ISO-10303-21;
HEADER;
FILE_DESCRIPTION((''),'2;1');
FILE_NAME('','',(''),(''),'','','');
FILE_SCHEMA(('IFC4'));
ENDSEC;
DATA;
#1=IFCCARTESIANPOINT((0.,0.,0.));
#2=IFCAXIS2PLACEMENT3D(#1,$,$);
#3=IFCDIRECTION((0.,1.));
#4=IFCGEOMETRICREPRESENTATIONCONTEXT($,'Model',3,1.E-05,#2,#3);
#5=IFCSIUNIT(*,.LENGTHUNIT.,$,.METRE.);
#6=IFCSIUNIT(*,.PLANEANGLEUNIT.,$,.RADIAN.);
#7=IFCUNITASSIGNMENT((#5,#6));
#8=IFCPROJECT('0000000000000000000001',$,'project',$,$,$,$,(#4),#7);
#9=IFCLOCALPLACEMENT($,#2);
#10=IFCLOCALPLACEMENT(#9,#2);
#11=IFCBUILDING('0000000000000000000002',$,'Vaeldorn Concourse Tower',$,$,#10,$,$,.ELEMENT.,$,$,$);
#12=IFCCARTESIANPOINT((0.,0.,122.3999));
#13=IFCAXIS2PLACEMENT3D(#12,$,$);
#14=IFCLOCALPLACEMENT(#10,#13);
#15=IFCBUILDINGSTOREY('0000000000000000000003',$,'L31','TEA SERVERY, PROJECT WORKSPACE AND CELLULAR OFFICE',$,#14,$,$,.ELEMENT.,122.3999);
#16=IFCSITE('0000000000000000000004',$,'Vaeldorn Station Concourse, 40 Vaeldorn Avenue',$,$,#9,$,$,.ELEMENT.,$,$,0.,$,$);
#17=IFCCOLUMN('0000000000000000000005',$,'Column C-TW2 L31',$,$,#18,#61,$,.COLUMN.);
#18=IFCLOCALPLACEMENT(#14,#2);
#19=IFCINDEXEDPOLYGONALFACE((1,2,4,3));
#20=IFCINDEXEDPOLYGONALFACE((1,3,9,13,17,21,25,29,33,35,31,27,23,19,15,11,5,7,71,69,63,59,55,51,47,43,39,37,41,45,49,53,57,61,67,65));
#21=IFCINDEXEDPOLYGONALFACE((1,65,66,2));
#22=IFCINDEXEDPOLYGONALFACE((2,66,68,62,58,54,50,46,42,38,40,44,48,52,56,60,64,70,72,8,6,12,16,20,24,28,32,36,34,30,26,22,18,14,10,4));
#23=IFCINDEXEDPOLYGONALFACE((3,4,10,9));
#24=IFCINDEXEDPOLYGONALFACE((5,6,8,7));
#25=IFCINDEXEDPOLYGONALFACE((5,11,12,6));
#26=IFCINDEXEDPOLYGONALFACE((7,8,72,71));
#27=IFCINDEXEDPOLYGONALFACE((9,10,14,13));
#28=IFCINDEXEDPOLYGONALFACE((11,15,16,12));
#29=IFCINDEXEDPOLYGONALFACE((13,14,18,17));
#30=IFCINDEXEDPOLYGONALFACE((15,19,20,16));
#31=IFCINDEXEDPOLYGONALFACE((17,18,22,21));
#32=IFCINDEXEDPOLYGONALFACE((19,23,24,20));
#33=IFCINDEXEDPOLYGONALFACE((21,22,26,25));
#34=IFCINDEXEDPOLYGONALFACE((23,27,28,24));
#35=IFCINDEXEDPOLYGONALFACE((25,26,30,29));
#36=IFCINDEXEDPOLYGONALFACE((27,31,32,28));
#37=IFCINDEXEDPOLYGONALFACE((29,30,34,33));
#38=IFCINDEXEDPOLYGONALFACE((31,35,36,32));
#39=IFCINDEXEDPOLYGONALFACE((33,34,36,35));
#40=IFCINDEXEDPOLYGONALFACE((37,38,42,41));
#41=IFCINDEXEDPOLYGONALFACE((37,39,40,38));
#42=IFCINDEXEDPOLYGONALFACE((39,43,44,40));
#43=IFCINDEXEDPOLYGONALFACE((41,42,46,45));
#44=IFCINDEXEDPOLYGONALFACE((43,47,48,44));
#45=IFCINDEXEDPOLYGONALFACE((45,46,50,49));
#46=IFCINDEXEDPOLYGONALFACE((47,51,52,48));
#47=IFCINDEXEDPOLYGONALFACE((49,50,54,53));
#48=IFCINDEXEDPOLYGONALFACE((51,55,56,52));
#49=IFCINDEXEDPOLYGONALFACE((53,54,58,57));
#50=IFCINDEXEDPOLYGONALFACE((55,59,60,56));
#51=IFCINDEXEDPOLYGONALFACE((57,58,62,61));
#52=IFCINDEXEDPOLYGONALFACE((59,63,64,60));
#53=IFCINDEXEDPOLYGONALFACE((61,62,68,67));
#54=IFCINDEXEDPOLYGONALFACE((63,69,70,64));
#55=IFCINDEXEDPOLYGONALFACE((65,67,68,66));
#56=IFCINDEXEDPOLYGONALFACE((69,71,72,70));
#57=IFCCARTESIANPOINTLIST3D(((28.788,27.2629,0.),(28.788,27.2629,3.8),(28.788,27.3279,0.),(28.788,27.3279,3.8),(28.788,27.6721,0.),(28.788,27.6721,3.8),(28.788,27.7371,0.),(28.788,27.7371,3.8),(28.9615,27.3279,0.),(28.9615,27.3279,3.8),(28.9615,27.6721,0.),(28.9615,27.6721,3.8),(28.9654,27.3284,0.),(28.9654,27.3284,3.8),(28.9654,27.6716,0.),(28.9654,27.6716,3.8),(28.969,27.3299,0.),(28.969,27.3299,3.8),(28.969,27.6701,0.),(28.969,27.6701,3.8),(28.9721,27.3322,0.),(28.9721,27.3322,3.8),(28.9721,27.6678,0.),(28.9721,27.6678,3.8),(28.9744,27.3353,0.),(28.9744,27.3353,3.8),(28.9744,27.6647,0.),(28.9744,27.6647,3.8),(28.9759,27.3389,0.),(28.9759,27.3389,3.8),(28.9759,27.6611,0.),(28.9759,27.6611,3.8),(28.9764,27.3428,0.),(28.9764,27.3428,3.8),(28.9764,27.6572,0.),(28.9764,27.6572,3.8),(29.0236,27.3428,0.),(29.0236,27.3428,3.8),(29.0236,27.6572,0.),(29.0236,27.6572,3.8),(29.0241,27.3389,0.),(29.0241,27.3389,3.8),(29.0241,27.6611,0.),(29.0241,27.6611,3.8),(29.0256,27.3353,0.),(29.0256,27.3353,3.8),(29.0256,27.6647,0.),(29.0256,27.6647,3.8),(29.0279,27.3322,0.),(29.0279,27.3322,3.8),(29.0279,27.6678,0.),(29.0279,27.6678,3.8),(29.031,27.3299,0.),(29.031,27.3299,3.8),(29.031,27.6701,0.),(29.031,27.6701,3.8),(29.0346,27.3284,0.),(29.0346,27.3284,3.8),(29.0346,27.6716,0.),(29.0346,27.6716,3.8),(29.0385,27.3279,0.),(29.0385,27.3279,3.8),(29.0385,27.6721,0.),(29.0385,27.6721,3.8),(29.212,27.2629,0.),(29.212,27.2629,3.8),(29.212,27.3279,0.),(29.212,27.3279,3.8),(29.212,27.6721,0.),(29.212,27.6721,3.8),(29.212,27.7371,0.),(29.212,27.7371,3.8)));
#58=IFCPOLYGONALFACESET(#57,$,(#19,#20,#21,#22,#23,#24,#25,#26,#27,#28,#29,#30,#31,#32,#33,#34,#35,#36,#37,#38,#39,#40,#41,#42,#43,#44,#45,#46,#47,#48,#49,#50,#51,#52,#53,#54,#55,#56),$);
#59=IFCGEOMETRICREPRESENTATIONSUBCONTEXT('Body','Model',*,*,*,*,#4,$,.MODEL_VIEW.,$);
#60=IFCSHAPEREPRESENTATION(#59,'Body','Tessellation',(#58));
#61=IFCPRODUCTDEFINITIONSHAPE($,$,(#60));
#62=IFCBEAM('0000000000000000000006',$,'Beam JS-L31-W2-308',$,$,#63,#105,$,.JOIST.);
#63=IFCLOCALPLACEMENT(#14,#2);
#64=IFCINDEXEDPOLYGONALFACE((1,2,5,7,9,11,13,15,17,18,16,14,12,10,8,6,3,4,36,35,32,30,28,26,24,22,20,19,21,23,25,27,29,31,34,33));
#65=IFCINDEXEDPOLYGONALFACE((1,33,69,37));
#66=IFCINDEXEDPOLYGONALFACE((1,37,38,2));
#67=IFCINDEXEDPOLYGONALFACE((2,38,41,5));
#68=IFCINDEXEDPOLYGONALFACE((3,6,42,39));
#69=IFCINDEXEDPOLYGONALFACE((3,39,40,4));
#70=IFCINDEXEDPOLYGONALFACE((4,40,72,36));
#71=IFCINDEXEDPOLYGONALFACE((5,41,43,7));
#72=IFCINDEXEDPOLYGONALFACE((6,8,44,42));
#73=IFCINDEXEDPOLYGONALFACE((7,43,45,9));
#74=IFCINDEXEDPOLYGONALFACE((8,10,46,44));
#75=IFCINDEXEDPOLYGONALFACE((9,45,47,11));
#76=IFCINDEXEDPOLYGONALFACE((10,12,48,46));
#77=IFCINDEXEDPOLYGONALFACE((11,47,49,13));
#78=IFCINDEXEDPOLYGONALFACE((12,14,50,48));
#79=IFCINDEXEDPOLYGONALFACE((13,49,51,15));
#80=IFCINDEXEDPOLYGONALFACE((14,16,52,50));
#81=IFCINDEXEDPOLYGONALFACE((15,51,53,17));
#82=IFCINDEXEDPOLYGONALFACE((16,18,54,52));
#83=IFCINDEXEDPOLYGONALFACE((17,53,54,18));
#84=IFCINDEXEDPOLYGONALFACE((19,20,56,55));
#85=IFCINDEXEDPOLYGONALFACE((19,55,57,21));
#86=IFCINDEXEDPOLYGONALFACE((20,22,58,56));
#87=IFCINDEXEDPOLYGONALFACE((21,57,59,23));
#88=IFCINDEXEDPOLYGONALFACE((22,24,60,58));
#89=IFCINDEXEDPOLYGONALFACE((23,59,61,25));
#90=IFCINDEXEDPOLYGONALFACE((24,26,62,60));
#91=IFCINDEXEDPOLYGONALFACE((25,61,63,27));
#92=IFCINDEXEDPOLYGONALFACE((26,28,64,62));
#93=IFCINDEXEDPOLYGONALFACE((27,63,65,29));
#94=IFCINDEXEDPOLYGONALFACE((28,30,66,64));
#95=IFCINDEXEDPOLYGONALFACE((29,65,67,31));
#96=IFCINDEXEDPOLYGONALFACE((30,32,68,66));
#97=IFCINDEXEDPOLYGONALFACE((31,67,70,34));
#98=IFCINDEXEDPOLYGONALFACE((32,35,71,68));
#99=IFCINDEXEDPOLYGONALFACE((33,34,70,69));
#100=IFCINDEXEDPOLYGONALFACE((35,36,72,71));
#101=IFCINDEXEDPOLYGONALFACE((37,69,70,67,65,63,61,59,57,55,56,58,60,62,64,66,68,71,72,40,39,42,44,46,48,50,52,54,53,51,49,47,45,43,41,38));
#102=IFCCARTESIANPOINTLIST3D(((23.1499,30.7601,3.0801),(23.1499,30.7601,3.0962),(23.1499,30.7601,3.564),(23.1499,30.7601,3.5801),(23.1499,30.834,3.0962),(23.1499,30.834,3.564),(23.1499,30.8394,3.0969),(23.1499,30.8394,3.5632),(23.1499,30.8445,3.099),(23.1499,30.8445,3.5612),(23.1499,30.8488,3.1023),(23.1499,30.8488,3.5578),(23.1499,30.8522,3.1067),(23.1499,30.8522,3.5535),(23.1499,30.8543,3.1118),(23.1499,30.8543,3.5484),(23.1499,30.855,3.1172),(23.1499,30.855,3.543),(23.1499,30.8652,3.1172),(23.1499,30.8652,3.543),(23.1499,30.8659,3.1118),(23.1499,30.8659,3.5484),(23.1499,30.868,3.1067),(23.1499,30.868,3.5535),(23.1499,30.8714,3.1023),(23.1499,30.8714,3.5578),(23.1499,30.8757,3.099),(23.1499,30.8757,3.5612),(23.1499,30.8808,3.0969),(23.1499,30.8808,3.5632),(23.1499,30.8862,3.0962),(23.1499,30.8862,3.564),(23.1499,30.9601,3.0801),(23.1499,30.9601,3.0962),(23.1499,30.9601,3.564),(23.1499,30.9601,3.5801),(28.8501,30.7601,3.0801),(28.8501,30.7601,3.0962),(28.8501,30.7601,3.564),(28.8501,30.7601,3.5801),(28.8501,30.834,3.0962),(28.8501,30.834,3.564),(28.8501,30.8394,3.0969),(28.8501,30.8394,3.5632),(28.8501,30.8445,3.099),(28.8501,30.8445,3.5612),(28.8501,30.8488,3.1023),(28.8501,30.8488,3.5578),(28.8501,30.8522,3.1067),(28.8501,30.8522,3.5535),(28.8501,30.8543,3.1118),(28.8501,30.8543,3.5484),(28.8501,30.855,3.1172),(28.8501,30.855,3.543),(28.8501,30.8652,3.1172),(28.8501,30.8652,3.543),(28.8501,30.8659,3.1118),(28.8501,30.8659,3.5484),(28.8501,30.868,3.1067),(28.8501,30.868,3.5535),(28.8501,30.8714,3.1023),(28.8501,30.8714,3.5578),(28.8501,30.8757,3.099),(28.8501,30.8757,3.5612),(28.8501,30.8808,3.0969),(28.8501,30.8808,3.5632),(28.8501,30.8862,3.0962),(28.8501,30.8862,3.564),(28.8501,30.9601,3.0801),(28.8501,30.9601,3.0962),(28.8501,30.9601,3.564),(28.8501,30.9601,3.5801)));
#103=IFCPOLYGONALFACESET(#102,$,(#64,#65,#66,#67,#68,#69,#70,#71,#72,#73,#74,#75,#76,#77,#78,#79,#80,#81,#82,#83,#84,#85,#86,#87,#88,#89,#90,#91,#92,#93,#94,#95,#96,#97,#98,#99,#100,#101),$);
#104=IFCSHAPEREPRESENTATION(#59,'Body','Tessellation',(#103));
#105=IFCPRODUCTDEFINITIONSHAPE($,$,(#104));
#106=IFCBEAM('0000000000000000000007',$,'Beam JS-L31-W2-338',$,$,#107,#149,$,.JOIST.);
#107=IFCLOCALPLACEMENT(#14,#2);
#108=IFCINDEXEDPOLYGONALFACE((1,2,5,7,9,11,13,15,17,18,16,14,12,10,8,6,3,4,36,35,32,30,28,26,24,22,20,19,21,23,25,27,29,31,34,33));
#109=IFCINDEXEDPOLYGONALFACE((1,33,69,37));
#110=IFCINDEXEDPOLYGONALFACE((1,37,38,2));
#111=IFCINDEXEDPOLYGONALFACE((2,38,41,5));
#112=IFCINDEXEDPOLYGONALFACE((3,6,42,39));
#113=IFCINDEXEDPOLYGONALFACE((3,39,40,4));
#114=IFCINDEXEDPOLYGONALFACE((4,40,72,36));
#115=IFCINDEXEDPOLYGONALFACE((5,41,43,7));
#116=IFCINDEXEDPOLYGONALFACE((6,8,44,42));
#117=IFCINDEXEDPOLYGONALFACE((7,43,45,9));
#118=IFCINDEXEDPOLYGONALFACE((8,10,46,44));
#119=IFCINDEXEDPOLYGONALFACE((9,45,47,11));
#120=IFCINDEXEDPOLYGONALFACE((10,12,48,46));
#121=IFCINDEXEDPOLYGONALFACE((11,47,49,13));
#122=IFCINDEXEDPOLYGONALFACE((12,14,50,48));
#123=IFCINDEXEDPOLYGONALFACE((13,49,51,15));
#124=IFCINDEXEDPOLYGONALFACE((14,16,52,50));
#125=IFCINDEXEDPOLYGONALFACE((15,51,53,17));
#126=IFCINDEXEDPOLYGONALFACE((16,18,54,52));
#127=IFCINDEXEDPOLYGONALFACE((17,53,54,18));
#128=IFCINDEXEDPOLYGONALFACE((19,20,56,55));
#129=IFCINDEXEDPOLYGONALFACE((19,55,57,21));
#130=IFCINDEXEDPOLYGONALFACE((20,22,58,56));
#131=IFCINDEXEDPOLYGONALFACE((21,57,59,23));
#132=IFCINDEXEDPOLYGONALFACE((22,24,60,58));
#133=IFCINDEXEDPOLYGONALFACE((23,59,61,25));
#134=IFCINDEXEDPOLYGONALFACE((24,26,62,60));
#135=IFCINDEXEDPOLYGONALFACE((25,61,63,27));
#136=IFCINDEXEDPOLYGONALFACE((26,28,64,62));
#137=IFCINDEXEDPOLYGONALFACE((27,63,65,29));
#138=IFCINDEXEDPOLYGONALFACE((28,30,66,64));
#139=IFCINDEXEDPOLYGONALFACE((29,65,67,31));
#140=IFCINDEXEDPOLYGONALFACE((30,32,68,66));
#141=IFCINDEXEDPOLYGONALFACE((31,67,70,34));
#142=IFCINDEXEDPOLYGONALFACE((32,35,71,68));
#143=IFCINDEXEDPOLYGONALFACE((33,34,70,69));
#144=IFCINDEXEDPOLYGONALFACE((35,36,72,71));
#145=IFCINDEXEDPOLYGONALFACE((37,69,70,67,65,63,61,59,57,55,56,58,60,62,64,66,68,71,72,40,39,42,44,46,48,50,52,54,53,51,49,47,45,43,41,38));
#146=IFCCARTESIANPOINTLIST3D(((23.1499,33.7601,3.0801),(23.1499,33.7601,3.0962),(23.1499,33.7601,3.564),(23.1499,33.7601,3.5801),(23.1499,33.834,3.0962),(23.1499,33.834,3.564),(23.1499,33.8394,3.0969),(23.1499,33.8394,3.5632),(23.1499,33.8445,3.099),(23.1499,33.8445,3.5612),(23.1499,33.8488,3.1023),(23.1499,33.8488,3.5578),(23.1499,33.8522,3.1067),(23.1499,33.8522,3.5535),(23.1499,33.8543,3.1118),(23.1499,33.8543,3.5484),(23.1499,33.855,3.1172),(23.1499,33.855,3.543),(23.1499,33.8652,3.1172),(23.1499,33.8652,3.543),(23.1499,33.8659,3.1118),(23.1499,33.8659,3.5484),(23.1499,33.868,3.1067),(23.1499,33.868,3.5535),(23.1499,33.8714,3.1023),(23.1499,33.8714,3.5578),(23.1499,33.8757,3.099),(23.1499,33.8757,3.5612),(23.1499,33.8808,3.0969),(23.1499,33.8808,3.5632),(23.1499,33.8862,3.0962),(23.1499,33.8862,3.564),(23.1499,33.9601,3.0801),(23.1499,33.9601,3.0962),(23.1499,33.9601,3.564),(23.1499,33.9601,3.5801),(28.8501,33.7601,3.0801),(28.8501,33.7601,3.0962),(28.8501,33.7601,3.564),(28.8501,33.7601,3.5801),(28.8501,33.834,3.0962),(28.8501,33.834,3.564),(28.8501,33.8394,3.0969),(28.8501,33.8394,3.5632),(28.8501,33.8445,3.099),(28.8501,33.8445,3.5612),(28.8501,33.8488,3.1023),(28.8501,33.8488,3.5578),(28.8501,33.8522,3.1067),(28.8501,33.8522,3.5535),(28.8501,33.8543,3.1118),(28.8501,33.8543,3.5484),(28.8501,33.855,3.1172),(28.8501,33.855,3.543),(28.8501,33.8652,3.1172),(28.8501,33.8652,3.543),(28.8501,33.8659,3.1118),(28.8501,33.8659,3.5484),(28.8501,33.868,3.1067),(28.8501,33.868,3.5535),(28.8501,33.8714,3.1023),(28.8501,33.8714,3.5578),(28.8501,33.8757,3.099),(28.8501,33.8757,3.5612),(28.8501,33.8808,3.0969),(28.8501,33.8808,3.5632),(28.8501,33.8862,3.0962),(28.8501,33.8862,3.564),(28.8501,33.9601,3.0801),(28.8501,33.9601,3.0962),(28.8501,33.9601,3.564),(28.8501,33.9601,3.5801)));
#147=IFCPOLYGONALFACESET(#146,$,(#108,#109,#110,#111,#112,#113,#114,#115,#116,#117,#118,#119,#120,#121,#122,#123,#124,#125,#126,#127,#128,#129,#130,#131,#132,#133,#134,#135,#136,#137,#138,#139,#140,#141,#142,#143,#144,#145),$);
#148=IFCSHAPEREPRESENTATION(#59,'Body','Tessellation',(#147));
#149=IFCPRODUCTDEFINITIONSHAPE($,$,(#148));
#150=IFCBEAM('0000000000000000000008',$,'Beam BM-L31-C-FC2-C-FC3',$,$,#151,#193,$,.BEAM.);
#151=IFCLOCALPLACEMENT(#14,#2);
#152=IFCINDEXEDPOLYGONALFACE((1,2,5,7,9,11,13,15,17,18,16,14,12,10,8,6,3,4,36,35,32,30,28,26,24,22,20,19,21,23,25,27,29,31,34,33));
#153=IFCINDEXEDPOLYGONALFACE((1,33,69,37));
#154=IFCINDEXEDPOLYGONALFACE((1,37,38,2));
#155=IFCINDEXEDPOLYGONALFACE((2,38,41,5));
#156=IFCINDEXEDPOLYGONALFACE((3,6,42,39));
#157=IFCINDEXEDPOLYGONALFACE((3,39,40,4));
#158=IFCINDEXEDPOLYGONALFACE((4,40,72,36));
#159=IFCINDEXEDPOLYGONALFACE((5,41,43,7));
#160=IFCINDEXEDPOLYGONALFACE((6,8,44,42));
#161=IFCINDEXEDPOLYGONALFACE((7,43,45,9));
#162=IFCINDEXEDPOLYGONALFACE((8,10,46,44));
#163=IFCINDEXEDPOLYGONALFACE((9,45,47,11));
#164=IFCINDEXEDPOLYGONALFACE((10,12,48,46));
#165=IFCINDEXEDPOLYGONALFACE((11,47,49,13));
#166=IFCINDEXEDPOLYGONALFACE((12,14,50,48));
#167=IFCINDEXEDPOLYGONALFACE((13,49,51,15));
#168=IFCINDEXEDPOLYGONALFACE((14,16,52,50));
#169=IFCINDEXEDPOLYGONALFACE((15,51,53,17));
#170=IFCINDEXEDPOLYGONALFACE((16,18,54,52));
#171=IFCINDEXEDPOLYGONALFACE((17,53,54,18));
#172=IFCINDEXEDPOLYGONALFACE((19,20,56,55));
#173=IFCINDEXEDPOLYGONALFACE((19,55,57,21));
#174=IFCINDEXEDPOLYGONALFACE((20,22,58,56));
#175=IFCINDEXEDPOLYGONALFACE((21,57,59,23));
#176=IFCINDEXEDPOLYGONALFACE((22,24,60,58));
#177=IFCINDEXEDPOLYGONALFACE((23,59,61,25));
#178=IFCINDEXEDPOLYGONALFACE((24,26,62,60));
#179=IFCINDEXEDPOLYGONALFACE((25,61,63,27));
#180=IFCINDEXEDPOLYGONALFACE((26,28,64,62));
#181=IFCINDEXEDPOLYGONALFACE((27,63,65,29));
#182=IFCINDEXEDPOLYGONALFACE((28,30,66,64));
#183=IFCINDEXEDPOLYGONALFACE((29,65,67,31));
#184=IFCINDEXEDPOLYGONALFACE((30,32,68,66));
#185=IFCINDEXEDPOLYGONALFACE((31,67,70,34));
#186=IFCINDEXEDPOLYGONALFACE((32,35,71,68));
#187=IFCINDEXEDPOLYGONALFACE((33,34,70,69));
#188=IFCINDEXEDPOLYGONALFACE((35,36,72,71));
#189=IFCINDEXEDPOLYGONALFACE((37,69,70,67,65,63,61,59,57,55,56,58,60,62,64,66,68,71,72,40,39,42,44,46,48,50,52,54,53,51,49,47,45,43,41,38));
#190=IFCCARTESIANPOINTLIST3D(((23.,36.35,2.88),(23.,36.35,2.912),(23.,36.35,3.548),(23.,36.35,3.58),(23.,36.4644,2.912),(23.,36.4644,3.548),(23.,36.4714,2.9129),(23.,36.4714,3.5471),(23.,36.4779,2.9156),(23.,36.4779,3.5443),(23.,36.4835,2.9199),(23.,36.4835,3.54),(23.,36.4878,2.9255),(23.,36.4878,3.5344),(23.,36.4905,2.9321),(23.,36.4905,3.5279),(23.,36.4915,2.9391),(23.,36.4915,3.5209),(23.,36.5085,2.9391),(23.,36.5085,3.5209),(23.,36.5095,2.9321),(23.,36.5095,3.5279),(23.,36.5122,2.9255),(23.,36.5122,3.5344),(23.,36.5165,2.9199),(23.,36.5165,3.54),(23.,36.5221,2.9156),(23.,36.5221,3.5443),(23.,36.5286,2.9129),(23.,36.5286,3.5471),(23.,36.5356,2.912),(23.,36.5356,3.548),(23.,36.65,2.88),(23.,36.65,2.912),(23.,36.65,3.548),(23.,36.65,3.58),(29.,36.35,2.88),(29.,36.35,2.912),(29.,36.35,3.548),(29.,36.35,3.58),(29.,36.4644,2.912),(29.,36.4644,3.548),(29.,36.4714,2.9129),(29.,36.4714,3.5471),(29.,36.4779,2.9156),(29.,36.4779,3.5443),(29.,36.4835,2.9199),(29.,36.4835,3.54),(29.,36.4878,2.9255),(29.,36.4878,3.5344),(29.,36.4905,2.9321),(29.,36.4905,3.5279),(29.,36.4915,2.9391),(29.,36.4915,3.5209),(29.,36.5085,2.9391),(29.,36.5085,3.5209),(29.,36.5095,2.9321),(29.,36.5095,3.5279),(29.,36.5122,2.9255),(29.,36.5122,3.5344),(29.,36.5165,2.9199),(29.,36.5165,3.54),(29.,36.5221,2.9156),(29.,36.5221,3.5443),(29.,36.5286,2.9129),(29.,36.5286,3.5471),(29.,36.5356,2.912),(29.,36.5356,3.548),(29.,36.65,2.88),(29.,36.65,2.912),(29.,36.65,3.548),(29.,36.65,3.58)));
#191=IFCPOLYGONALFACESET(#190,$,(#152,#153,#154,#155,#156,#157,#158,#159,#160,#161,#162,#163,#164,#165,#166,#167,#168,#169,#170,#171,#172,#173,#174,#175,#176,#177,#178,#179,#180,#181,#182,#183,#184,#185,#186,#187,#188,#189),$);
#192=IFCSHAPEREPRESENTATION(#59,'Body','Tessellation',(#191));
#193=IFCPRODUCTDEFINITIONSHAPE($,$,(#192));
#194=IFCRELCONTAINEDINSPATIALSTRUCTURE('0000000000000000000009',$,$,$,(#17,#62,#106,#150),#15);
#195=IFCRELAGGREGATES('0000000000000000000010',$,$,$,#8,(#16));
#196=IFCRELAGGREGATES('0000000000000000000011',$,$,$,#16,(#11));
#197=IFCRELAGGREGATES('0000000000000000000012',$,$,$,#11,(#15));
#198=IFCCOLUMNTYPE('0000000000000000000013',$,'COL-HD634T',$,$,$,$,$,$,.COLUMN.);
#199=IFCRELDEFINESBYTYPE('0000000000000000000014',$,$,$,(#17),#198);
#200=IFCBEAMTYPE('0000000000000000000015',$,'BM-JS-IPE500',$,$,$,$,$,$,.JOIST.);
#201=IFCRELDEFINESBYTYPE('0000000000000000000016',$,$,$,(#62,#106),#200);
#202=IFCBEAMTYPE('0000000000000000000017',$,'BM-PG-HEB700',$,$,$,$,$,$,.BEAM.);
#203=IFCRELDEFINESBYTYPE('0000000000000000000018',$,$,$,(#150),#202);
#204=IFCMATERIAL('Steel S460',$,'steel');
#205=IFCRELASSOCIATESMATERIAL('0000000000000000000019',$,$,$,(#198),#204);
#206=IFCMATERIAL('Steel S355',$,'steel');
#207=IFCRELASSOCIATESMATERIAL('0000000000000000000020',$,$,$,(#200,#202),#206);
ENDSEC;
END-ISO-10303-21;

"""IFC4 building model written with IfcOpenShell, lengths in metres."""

from ifc_helpers import new_model, si_unit, direction, frame, origin, origin_2d, place, context, subcontext, project, spatial, i_section, extrude, source, transform, mapped, material, material_profile, profile_set, type_object, element, save


model = new_model("IFC4")

# Units and contexts
model_context = context("Model", 3, precision=1e-05, world=origin(), true_north=direction((0.0, 1.0)))
body_context = subcontext(model_context, "Body", "Model", "MODEL_VIEW")
ifc_project = project(units=[si_unit("LENGTHUNIT", "METRE"), si_unit("PLANEANGLEUNIT", "RADIAN")], contexts=[model_context])

# Site, building, storey
site_placement = place(None, origin())
site = spatial("IfcSite", under=ifc_project, at=site_placement, Name="Vaeldorn Station Concourse, 40 Vaeldorn Avenue", CompositionType="ELEMENT", RefElevation=0.0)
building_placement = place(site_placement, origin())
building = spatial("IfcBuilding", under=site, at=building_placement, Name="Vaeldorn Concourse Tower", CompositionType="ELEMENT")
storey_placement = place(building_placement, frame((0.0, 0.0, 122.3999)))
storey = spatial("IfcBuildingStorey", under=building, at=storey_placement, Name="L31", Description="TEA SERVERY, PROJECT WORKSPACE AND CELLULAR OFFICE", CompositionType="ELEMENT", Elevation=122.3999)

# Column
ifc_material_1 = material(Name="Steel S460", Category="steel")
ifc_material_profile_1 = material_profile(ifc_material_1, i_section(OverallWidth=0.4241, OverallDepth=0.4741, WebThickness=0.0471, FlangeThickness=0.0649, FilletRadius=0.0149, at=origin_2d()), Name="HD 400x634")
ifc_profile_set_1 = profile_set([ifc_material_profile_1], Name="Steel S460")
column_type_1 = type_object("IfcColumnType", Name="COL-HD634T", PredefinedType="COLUMN", material=ifc_profile_set_1)
shared_shape_1 = source(origin(), body_context, "Body", "SweptSolid", [
    extrude(i_section(OverallWidth=0.4241, OverallDepth=0.4741, WebThickness=0.0471, FlangeThickness=0.0649, FilletRadius=0.0149, at=origin_2d()), origin(), (0.0, 0.0, 1.0), 3.8),
])
column_1_placement = place(storey_placement, frame((29.0, 27.5, 0.0), z_axis=(0.0, 0.0, 1.0), x_axis=(1.0, 0.0, 0.0)))
element("IfcColumn", 1, at=column_1_placement, inside=storey, type_object=column_type_1, Name="Column C-TW2 L31", PredefinedType="COLUMN", context=body_context, shape_type="MappedRepresentation", body=[
    mapped(shared_shape_1, transform((0.0, 0.0, 0.0), scale=1.0)),
])

# Beams
ifc_material_2 = material(Name="Steel S355", Category="steel")
ifc_material_profile_2 = material_profile(ifc_material_2, i_section(OverallWidth=0.2, OverallDepth=0.5, WebThickness=0.0103, FlangeThickness=0.0161, FilletRadius=0.021, at=origin_2d()), Name="IPE 500")
ifc_profile_set_2 = profile_set([ifc_material_profile_2], Name="Steel S355")
beam_type_1 = type_object("IfcBeamType", Name="BM-JS-IPE500", PredefinedType="JOIST", material=ifc_profile_set_2)
shared_shape_2 = source(origin(), body_context, "Body", "SweptSolid", [
    extrude(i_section(OverallWidth=0.2, OverallDepth=0.5, WebThickness=0.0103, FlangeThickness=0.0161, FilletRadius=0.021, at=origin_2d()), origin(), (0.0, 0.0, 1.0), 5.7002),
])
for number, where, z_axis, x_axis, name in (
    (2, (23.1499, 30.8601, 3.3301), (1.0, 0.0, 0.0), (0.0, 1.0, 0.0), "Beam JS-L31-W2-308"),
    (3, (23.1499, 33.8601, 3.3301), (1.0, 0.0, 0.0), (0.0, 1.0, 0.0), "Beam JS-L31-W2-338"),
):
    element("IfcBeam", number, at=place(storey_placement, frame(where, z_axis=z_axis, x_axis=x_axis)), inside=storey, type_object=beam_type_1, Name=name, PredefinedType="JOIST", context=body_context, shape_type="MappedRepresentation", body=[
        mapped(shared_shape_2, transform((0.0, 0.0, 0.0), scale=1.0)),
    ])
ifc_material_profile_3 = material_profile(ifc_material_2, i_section(OverallWidth=0.3, OverallDepth=0.7, WebThickness=0.0171, FlangeThickness=0.032, FilletRadius=0.0271, at=origin_2d()), Name="HEB 700")
ifc_profile_set_3 = profile_set([ifc_material_profile_3], Name="Steel S355")
beam_type_2 = type_object("IfcBeamType", Name="BM-PG-HEB700", PredefinedType="BEAM", material=ifc_profile_set_3)
shared_shape_3 = source(origin(), body_context, "Body", "SweptSolid", [
    extrude(i_section(OverallWidth=0.3, OverallDepth=0.7, WebThickness=0.0171, FlangeThickness=0.032, FilletRadius=0.0271, at=origin_2d()), origin(), (0.0, 0.0, 1.0), 6.0),
])
for number, where, z_axis, x_axis, name in (
    (4, (23.0, 36.5, 3.23), (1.0, 0.0, 0.0), (0.0, 1.0, 0.0), "Beam BM-L31-C-FC2-C-FC3"),
):
    element("IfcBeam", number, at=place(storey_placement, frame(where, z_axis=z_axis, x_axis=x_axis)), inside=storey, type_object=beam_type_2, Name=name, PredefinedType="BEAM", context=body_context, shape_type="MappedRepresentation", body=[
        mapped(shared_shape_3, transform((0.0, 0.0, 0.0), scale=1.0)),
    ])

save(model, "model.ifc")
